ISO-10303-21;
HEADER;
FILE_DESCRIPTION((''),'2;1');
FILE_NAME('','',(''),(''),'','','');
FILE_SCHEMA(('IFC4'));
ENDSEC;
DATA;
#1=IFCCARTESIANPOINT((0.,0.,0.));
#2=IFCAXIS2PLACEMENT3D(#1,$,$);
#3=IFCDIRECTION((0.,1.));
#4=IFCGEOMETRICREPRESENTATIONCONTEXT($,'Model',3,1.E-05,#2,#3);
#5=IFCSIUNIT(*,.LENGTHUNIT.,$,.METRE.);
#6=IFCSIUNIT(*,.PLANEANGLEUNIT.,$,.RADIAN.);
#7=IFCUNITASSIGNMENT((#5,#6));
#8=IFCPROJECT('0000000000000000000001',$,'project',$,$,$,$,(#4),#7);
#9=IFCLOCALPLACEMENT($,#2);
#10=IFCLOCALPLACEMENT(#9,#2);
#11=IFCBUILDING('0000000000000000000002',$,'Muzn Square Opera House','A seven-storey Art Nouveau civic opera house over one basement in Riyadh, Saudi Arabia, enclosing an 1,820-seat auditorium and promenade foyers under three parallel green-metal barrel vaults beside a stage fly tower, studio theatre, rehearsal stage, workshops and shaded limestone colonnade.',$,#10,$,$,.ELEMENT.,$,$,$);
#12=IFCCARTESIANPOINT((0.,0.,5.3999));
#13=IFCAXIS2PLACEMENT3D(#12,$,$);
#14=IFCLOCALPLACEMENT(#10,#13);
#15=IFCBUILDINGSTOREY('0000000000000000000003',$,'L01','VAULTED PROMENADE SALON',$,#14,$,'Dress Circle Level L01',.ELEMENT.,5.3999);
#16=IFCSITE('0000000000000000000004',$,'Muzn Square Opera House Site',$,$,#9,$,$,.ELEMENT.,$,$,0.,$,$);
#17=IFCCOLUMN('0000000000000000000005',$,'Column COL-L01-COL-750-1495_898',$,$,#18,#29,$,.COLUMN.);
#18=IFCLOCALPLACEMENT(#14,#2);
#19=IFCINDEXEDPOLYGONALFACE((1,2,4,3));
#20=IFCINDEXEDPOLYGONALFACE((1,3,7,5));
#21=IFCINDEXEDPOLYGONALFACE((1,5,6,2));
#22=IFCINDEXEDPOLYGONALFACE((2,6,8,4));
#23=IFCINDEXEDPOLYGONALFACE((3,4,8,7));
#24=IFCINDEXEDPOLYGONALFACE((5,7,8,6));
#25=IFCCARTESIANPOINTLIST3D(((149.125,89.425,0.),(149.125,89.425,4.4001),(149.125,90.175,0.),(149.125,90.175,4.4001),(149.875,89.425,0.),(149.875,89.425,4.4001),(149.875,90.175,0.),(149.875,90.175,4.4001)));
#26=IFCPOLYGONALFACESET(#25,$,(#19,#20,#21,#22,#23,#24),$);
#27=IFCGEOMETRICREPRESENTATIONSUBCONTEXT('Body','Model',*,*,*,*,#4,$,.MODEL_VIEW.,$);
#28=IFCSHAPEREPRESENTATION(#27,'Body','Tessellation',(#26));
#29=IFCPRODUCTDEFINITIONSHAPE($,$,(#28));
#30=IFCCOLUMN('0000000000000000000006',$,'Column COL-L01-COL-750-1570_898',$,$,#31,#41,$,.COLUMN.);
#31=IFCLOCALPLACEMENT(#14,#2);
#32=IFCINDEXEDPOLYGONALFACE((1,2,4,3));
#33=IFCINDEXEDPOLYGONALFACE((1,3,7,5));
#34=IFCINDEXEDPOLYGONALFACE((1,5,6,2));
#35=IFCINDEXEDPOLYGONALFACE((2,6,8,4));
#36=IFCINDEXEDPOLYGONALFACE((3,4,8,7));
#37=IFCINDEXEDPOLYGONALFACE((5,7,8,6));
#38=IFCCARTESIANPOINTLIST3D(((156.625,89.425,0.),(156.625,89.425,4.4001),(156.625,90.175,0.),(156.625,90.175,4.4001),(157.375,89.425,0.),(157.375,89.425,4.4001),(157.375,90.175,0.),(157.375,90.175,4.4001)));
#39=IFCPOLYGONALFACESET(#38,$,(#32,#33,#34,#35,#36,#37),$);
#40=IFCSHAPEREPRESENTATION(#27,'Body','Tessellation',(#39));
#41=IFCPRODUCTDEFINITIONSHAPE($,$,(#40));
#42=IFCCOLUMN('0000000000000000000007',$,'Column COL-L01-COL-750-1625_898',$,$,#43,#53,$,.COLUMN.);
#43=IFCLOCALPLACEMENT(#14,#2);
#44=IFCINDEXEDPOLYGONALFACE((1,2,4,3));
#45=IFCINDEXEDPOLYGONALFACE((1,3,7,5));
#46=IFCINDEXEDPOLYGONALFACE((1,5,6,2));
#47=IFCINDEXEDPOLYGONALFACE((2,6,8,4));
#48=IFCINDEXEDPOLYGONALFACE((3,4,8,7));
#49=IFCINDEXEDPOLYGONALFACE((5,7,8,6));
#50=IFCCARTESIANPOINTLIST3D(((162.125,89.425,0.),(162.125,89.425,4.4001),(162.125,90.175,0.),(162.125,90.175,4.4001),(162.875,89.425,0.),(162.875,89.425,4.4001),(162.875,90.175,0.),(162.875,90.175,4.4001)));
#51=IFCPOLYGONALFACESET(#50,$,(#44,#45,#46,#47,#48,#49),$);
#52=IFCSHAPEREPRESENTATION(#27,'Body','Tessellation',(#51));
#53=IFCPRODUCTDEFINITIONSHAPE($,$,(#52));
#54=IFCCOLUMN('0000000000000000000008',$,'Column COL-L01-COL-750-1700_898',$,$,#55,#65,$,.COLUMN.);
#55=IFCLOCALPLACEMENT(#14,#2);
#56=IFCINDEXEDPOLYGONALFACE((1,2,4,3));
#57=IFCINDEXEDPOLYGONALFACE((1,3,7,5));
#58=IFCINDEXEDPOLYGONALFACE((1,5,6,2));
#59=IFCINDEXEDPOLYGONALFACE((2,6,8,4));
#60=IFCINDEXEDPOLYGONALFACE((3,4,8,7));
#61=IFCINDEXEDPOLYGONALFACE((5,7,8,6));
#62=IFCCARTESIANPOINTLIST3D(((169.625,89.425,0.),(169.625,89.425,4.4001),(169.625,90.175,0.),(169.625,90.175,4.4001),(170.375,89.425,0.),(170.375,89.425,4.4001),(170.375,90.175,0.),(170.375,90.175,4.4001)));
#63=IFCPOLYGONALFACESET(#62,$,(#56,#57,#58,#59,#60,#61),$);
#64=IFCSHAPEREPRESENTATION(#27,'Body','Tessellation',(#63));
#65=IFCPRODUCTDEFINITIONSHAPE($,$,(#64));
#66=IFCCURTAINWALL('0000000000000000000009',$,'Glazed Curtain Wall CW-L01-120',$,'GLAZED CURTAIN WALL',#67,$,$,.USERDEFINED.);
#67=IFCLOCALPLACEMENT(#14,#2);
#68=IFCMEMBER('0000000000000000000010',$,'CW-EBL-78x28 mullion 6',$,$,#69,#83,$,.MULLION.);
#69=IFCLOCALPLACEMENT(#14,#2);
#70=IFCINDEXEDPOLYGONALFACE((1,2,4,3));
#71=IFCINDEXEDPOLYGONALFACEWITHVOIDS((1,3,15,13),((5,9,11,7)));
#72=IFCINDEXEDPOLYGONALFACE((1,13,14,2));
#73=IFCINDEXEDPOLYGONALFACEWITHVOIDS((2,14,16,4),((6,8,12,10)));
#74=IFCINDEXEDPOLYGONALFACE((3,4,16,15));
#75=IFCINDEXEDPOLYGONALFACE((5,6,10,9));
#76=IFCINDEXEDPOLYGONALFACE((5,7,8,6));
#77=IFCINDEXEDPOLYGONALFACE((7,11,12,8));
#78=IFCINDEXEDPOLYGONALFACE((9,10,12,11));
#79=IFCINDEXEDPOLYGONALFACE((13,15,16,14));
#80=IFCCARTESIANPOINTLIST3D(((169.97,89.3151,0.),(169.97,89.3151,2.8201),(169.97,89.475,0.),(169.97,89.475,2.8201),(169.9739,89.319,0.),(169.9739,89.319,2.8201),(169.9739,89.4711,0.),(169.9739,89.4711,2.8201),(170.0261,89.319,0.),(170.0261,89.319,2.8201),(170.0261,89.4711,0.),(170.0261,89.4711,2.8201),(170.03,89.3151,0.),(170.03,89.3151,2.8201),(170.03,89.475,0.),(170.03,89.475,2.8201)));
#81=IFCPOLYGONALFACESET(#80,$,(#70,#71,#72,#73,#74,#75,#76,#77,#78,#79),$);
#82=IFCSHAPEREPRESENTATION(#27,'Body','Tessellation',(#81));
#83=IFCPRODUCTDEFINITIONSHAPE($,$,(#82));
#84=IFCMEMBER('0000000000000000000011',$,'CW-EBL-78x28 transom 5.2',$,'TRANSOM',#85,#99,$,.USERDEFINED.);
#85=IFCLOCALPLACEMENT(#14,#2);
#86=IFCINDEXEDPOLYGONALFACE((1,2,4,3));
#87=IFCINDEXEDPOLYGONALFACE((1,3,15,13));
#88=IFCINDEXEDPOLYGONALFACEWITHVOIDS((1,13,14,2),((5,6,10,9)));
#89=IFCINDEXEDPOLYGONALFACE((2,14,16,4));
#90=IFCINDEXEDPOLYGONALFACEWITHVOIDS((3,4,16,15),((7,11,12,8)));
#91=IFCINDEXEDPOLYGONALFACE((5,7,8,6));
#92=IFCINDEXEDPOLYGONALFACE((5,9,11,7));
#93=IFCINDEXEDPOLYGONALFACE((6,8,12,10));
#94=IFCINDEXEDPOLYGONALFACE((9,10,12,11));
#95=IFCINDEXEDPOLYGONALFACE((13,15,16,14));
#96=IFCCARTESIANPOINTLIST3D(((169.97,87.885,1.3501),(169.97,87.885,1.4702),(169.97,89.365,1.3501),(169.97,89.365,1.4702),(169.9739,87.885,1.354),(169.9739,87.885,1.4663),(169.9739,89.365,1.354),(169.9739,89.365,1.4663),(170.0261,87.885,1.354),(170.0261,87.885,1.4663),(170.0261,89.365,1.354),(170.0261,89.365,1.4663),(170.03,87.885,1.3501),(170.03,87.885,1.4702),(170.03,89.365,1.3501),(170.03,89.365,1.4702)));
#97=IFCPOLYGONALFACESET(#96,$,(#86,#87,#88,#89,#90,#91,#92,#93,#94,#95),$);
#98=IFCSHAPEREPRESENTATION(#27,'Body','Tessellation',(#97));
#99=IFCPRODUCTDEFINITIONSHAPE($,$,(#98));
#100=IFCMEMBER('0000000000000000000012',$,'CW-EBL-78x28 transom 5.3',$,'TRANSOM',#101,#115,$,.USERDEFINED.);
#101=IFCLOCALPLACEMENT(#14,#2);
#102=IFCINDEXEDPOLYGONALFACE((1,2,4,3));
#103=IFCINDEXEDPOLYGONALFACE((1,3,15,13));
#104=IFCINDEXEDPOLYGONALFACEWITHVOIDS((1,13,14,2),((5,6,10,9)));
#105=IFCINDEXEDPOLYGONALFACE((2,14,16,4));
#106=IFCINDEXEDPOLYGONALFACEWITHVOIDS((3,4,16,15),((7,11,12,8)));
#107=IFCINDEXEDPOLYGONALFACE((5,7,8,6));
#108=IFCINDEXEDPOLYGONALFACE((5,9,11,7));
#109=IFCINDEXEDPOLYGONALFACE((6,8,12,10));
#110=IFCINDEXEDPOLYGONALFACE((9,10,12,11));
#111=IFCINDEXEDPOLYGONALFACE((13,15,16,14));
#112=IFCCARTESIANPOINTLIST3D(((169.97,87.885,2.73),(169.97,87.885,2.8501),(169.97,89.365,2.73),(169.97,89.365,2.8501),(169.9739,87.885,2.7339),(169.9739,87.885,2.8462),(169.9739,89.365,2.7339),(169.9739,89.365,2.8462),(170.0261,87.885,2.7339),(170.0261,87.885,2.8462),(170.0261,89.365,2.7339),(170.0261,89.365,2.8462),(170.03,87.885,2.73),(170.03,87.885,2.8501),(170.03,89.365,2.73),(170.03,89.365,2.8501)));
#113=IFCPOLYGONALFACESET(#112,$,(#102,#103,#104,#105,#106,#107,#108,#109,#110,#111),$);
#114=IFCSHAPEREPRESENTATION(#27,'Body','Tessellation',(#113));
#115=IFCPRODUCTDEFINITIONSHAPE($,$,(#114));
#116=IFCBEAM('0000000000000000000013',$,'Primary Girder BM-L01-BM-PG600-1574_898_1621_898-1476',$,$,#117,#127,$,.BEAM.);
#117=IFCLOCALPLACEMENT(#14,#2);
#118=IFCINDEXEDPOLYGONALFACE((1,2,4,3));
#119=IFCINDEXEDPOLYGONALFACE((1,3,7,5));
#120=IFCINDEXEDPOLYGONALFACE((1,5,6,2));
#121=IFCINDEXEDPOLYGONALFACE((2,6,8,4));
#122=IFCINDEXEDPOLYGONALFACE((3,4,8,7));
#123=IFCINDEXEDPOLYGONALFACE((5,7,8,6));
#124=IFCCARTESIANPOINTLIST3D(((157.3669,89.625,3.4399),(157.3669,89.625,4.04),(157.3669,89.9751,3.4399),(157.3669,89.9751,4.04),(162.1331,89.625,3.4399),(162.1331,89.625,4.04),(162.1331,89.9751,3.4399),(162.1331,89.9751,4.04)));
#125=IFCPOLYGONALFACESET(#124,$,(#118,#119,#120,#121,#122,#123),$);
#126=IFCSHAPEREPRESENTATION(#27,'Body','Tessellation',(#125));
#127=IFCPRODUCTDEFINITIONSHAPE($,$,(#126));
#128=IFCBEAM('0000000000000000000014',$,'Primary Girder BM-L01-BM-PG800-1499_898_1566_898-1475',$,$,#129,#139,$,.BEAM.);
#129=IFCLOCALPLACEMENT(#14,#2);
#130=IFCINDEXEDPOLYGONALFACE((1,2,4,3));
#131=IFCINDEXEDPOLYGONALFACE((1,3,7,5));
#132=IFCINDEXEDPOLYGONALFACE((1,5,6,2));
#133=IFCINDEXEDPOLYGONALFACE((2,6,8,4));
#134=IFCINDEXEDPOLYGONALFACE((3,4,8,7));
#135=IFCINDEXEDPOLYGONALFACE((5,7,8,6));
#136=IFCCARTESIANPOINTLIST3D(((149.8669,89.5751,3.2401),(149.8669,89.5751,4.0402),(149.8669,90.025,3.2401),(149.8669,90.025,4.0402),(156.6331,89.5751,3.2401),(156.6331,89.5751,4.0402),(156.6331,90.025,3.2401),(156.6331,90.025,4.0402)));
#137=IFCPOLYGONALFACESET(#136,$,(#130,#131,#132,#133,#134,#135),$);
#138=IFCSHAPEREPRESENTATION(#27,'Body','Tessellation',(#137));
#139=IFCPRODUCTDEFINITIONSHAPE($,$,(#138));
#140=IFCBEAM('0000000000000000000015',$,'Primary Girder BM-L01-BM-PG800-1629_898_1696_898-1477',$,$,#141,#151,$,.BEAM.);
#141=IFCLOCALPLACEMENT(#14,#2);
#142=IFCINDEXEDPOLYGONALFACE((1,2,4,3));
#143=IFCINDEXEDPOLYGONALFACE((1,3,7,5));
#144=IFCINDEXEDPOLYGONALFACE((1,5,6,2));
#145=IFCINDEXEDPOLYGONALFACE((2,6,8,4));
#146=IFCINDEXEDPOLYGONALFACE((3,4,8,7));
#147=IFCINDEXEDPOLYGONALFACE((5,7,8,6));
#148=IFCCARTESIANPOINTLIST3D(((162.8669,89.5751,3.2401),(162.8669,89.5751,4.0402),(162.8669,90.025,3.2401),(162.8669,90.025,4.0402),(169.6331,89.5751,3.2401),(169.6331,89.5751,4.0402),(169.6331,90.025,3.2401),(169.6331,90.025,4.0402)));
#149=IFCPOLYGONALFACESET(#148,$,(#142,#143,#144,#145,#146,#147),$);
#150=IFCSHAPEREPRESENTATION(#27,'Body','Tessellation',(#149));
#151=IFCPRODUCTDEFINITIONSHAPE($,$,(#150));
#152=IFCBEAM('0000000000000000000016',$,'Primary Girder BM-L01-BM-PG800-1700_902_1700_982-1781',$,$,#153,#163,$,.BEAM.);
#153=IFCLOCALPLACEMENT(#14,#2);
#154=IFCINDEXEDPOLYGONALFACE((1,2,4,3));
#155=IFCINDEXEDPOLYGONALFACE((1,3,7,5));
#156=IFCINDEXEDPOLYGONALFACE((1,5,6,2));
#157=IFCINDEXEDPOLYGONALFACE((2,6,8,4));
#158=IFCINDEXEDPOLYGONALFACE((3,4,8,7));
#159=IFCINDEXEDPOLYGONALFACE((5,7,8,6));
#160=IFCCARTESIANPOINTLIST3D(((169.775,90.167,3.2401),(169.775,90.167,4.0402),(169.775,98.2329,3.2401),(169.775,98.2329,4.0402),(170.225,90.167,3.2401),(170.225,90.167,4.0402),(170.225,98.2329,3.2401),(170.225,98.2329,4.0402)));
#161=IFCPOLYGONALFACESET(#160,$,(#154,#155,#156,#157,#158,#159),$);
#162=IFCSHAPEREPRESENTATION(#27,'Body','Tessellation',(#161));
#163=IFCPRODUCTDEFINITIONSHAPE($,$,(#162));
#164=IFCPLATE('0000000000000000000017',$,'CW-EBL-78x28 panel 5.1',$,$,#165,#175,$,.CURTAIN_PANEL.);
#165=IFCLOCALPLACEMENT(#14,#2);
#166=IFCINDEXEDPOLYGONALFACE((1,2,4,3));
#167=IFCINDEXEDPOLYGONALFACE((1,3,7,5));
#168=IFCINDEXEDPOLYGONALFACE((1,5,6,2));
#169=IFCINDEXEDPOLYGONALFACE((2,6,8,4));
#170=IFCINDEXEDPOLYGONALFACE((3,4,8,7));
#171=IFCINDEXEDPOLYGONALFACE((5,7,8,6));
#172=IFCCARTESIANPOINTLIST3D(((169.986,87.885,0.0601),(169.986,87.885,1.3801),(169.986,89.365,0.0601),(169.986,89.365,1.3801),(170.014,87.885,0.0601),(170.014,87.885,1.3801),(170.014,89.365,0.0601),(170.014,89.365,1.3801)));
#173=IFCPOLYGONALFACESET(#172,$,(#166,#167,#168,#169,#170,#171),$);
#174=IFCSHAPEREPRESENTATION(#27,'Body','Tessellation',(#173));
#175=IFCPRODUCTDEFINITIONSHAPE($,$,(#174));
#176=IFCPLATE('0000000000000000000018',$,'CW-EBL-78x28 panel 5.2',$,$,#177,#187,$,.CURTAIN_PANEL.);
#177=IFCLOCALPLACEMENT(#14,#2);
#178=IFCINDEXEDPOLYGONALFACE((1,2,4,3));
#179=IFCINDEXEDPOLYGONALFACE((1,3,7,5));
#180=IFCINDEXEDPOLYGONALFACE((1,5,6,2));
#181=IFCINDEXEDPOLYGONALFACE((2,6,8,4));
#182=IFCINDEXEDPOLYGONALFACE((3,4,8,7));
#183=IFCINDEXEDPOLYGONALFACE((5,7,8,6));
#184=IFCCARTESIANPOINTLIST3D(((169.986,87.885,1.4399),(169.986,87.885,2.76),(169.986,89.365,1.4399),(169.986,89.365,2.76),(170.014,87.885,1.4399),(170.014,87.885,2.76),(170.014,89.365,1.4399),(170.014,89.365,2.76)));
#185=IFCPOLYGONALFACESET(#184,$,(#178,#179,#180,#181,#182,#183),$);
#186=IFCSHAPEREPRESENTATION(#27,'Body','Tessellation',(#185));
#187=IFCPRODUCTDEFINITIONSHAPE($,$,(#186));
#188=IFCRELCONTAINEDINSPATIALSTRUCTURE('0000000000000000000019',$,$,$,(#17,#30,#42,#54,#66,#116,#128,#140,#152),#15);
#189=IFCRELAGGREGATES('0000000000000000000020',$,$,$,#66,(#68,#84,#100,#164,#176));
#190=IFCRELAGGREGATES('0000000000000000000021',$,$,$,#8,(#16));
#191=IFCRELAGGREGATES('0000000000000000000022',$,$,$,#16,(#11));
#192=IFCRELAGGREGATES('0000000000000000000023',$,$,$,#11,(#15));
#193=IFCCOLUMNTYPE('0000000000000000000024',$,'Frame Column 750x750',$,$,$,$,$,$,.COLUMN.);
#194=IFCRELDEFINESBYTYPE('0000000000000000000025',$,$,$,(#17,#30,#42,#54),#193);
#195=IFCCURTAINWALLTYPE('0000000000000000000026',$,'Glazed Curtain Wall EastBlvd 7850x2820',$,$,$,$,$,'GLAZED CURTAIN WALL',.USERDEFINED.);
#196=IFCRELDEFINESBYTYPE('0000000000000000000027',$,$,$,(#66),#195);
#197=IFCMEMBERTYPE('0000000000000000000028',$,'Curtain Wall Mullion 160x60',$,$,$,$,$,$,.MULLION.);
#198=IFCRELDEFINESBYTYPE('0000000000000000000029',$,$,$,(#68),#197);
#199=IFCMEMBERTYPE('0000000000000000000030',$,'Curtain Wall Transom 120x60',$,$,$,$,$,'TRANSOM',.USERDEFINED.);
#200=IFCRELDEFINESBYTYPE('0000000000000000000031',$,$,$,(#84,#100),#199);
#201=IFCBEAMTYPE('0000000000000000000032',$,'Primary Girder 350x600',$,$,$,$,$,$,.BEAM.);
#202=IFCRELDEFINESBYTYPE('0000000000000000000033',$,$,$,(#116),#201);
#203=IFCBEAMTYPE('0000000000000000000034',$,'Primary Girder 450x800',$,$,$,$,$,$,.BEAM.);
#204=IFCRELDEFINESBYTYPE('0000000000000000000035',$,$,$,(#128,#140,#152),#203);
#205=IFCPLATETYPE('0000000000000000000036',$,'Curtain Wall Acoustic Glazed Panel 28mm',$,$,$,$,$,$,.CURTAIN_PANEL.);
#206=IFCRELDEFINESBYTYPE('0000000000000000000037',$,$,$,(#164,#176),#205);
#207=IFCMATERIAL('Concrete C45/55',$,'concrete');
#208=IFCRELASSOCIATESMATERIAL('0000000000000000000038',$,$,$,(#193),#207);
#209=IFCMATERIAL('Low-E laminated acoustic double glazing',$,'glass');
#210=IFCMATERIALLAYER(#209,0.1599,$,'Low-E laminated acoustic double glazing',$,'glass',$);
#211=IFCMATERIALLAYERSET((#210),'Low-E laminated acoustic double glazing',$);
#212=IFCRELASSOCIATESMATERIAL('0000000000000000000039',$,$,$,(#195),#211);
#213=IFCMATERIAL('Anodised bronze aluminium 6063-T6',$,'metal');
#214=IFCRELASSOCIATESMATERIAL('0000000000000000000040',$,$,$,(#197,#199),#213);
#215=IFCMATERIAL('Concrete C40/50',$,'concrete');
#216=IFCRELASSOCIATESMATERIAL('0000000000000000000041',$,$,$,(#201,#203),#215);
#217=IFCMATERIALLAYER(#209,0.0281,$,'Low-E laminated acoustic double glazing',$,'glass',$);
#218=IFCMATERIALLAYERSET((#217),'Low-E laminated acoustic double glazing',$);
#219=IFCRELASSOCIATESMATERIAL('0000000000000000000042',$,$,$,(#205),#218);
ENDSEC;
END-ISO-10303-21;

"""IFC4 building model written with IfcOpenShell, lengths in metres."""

from ifc_helpers import new_model, si_unit, direction, frame, origin, origin_2d, place, context, subcontext, project, spatial, rectangle, hollow_rectangle, extrude, material, layer, layer_set, material_profile, profile_set, type_object, element, aggregate, save


model = new_model("IFC4")

# Units and contexts
model_context = context("Model", 3, precision=1e-05, world=origin(), true_north=direction((0.0, 1.0)))
body_context = subcontext(model_context, "Body", "Model", "MODEL_VIEW")
ifc_project = project(units=[si_unit("LENGTHUNIT", "METRE"), si_unit("PLANEANGLEUNIT", "RADIAN")], contexts=[model_context])

# Site, building, storey
site_placement = place(None, origin())
site = spatial("IfcSite", under=ifc_project, at=site_placement, Name="Muzn Square Opera House Site", CompositionType="ELEMENT", RefElevation=0.0)
building_placement = place(site_placement, origin())
building = spatial("IfcBuilding", under=site, at=building_placement, Name="Muzn Square Opera House", Description="A seven-storey Art Nouveau civic opera house over one basement in Riyadh, Saudi Arabia, enclosing an 1,820-seat auditorium and promenade foyers under three parallel green-metal barrel vaults beside a stage fly tower, studio theatre, rehearsal stage, workshops and shaded limestone colonnade.", CompositionType="ELEMENT")
storey_placement = place(building_placement, frame((0.0, 0.0, 5.3999)))
storey = spatial("IfcBuildingStorey", under=building, at=storey_placement, Name="L01", Description="VAULTED PROMENADE SALON", LongName="Dress Circle Level L01", CompositionType="ELEMENT", Elevation=5.3999)

# Columns
ifc_material_1 = material(Name="Concrete C45/55", Category="concrete")
ifc_material_profile_1 = material_profile(ifc_material_1, rectangle(XDim=0.75, YDim=0.75, at=origin_2d()), Name="RC 750x750", Category="concrete")
ifc_profile_set_1 = profile_set([ifc_material_profile_1], Name="Concrete C45/55")
column_type = type_object("IfcColumnType", Name="Frame Column 750x750", PredefinedType="COLUMN", material=ifc_profile_set_1)
for number, where, z_axis, x_axis, name in (
    (1, (149.5, 89.8, 0.0), (0.0, 0.0, 1.0), (1.0, 0.0, 0.0), "Column COL-L01-COL-750-1495_898"),
    (2, (157.0, 89.8, 0.0), (0.0, 0.0, 1.0), (1.0, 0.0, 0.0), "Column COL-L01-COL-750-1570_898"),
    (3, (162.5, 89.8, 0.0), (0.0, 0.0, 1.0), (1.0, 0.0, 0.0), "Column COL-L01-COL-750-1625_898"),
    (4, (170.0, 89.8, 0.0), (0.0, 0.0, 1.0), (1.0, 0.0, 0.0), "Column COL-L01-COL-750-1700_898"),
):
    element("IfcColumn", number, at=place(storey_placement, frame(where, z_axis=z_axis, x_axis=x_axis)), inside=storey, type_object=column_type, Name=name, PredefinedType="COLUMN", context=body_context, shape_type="SweptSolid", body=[
        extrude(rectangle(XDim=0.75, YDim=0.75, at=origin_2d()), origin(), (0.0, 0.0, 1.0), 4.4001),
    ])

# Curtain wall, members
ifc_material_2 = material(Name="Low-E laminated acoustic double glazing", Category="glass")
ifc_layer_1 = layer(ifc_material_2, 0.1599, Name="Low-E laminated acoustic double glazing", Category="glass")
ifc_layer_set_1 = layer_set([ifc_layer_1], Name="Low-E laminated acoustic double glazing")
curtain_wall_type = type_object("IfcCurtainWallType", Name="Glazed Curtain Wall EastBlvd 7850x2820", ElementType="GLAZED CURTAIN WALL", PredefinedType="USERDEFINED", material=ifc_layer_set_1)
curtain_wall_placement = place(storey_placement, origin())
curtain_wall = element("IfcCurtainWall", 5, at=curtain_wall_placement, inside=storey, type_object=curtain_wall_type, Name="Glazed Curtain Wall CW-L01-120", ObjectType="GLAZED CURTAIN WALL", PredefinedType="USERDEFINED")
ifc_material_3 = material(Name="Anodised bronze aluminium 6063-T6", Category="metal")
ifc_material_profile_2 = material_profile(ifc_material_3, hollow_rectangle(XDim=0.0601, YDim=0.1599, WallThickness=0.0039, at=origin_2d()), Name="ALU 160x60x4", Category="metal")
ifc_profile_set_2 = profile_set([ifc_material_profile_2], Name="Anodised bronze aluminium 6063-T6")
member_type_1 = type_object("IfcMemberType", Name="Curtain Wall Mullion 160x60", PredefinedType="MULLION", material=ifc_profile_set_2)
member_1_placement = place(storey_placement, frame((170.0, 89.395, 0.0), z_axis=(0.0, 0.0, 1.0), x_axis=(-1.0, 0.0, 0.0)))
member_1 = element("IfcMember", 6, at=member_1_placement, type_object=member_type_1, Name="CW-EBL-78x28 mullion 6", PredefinedType="MULLION", context=body_context, shape_type="SweptSolid", body=[
    extrude(hollow_rectangle(XDim=0.0601, YDim=0.1599, WallThickness=0.0039, at=origin_2d()), origin(), (0.0, 0.0, 1.0), 2.8201),
])
ifc_material_profile_3 = material_profile(ifc_material_3, hollow_rectangle(XDim=0.0601, YDim=0.1201, WallThickness=0.0039, at=origin_2d()), Name="ALU 120x60x4", Category="metal")
ifc_profile_set_3 = profile_set([ifc_material_profile_3], Name="Anodised bronze aluminium 6063-T6")
member_type_2 = type_object("IfcMemberType", Name="Curtain Wall Transom 120x60", ElementType="TRANSOM", PredefinedType="USERDEFINED", material=ifc_profile_set_3)
member_2_placement = place(storey_placement, frame((170.0, 87.885, 1.4102), z_axis=(0.0, 1.0, 0.0), x_axis=(-1.0, 0.0, 0.0)))
member_2 = element("IfcMember", 7, at=member_2_placement, type_object=member_type_2, Name="CW-EBL-78x28 transom 5.2", ObjectType="TRANSOM", PredefinedType="USERDEFINED", context=body_context, shape_type="SweptSolid", body=[
    extrude(hollow_rectangle(XDim=0.0601, YDim=0.1201, WallThickness=0.0039, at=origin_2d()), origin(), (0.0, 0.0, 1.0), 1.48),
])
member_3_placement = place(storey_placement, frame((170.0, 87.885, 2.79), z_axis=(0.0, 1.0, 0.0), x_axis=(-1.0, 0.0, 0.0)))
member_3 = element("IfcMember", 8, at=member_3_placement, type_object=member_type_2, Name="CW-EBL-78x28 transom 5.3", ObjectType="TRANSOM", PredefinedType="USERDEFINED", context=body_context, shape_type="SweptSolid", body=[
    extrude(hollow_rectangle(XDim=0.0601, YDim=0.1201, WallThickness=0.0039, at=origin_2d()), origin(), (0.0, 0.0, 1.0), 1.48),
])

# Beams
ifc_material_4 = material(Name="Concrete C40/50", Category="concrete")
ifc_material_profile_4 = material_profile(ifc_material_4, rectangle(XDim=0.3501, YDim=0.6001, at=origin_2d()), Name="RCB 350x600", Category="concrete")
ifc_profile_set_4 = profile_set([ifc_material_profile_4], Name="Concrete C40/50")
beam_type_1 = type_object("IfcBeamType", Name="Primary Girder 350x600", PredefinedType="BEAM", material=ifc_profile_set_4)
beam_1_placement = place(storey_placement, frame((157.3669, 89.8, 3.74), z_axis=(1.0, 0.0, 0.0), x_axis=(0.0, 1.0, 0.0)))
element("IfcBeam", 9, at=beam_1_placement, inside=storey, type_object=beam_type_1, Name="Primary Girder BM-L01-BM-PG600-1574_898_1621_898-1476", PredefinedType="BEAM", context=body_context, shape_type="SweptSolid", body=[
    extrude(rectangle(XDim=0.3501, YDim=0.6001, at=origin_2d()), origin(), (0.0, 0.0, 1.0), 4.7661),
])
ifc_material_profile_5 = material_profile(ifc_material_4, rectangle(XDim=0.45, YDim=0.8, at=origin_2d()), Name="RCB 450x800", Category="concrete")
ifc_profile_set_5 = profile_set([ifc_material_profile_5], Name="Concrete C40/50")
beam_type_2 = type_object("IfcBeamType", Name="Primary Girder 450x800", PredefinedType="BEAM", material=ifc_profile_set_5)
for number, where, z_axis, x_axis, name in (
    (10, (149.8669, 89.8, 3.6401), (1.0, 0.0, 0.0), (0.0, 1.0, 0.0), "Primary Girder BM-L01-BM-PG800-1499_898_1566_898-1475"),
    (11, (162.8669, 89.8, 3.6401), (1.0, 0.0, 0.0), (0.0, 1.0, 0.0), "Primary Girder BM-L01-BM-PG800-1629_898_1696_898-1477"),
):
    element("IfcBeam", number, at=place(storey_placement, frame(where, z_axis=z_axis, x_axis=x_axis)), inside=storey, type_object=beam_type_2, Name=name, PredefinedType="BEAM", context=body_context, shape_type="SweptSolid", body=[
        extrude(rectangle(XDim=0.45, YDim=0.8, at=origin_2d()), origin(), (0.0, 0.0, 1.0), 6.7661),
    ])
beam_2_placement = place(storey_placement, frame((170.0, 90.167, 3.6401), z_axis=(0.0, 1.0, 0.0), x_axis=(-1.0, 0.0, 0.0)))
element("IfcBeam", 12, at=beam_2_placement, inside=storey, type_object=beam_type_2, Name="Primary Girder BM-L01-BM-PG800-1700_902_1700_982-1781", PredefinedType="BEAM", context=body_context, shape_type="SweptSolid", body=[
    extrude(rectangle(XDim=0.45, YDim=0.8, at=origin_2d()), origin(), (0.0, 0.0, 1.0), 8.0659),
])

# Plates
ifc_layer_2 = layer(ifc_material_2, 0.0281, Name="Low-E laminated acoustic double glazing", Category="glass")
ifc_layer_set_2 = layer_set([ifc_layer_2], Name="Low-E laminated acoustic double glazing")
plate_type = type_object("IfcPlateType", Name="Curtain Wall Acoustic Glazed Panel 28mm", PredefinedType="CURTAIN_PANEL", material=ifc_layer_set_2)
plate_1_placement = place(storey_placement, frame((170.0, 88.625, 0.0601), z_axis=(0.0, 0.0, 1.0), x_axis=(0.0, 1.0, 0.0)))
plate_1 = element("IfcPlate", 13, at=plate_1_placement, type_object=plate_type, Name="CW-EBL-78x28 panel 5.1", PredefinedType="CURTAIN_PANEL", context=body_context, shape_type="SweptSolid", body=[
    extrude(rectangle(XDim=1.48, YDim=0.0281, at=origin_2d()), origin(), (0.0, 0.0, 1.0), 1.3201),
])
plate_2_placement = place(storey_placement, frame((170.0, 88.625, 1.4399), z_axis=(0.0, 0.0, 1.0), x_axis=(0.0, 1.0, 0.0)))
plate_2 = element("IfcPlate", 14, at=plate_2_placement, type_object=plate_type, Name="CW-EBL-78x28 panel 5.2", PredefinedType="CURTAIN_PANEL", context=body_context, shape_type="SweptSolid", body=[
    extrude(rectangle(XDim=1.48, YDim=0.0281, at=origin_2d()), origin(), (0.0, 0.0, 1.0), 1.3201),
])
aggregate(curtain_wall, [member_1, member_2, member_3, plate_1, plate_2])

save(model, "model.ifc")
